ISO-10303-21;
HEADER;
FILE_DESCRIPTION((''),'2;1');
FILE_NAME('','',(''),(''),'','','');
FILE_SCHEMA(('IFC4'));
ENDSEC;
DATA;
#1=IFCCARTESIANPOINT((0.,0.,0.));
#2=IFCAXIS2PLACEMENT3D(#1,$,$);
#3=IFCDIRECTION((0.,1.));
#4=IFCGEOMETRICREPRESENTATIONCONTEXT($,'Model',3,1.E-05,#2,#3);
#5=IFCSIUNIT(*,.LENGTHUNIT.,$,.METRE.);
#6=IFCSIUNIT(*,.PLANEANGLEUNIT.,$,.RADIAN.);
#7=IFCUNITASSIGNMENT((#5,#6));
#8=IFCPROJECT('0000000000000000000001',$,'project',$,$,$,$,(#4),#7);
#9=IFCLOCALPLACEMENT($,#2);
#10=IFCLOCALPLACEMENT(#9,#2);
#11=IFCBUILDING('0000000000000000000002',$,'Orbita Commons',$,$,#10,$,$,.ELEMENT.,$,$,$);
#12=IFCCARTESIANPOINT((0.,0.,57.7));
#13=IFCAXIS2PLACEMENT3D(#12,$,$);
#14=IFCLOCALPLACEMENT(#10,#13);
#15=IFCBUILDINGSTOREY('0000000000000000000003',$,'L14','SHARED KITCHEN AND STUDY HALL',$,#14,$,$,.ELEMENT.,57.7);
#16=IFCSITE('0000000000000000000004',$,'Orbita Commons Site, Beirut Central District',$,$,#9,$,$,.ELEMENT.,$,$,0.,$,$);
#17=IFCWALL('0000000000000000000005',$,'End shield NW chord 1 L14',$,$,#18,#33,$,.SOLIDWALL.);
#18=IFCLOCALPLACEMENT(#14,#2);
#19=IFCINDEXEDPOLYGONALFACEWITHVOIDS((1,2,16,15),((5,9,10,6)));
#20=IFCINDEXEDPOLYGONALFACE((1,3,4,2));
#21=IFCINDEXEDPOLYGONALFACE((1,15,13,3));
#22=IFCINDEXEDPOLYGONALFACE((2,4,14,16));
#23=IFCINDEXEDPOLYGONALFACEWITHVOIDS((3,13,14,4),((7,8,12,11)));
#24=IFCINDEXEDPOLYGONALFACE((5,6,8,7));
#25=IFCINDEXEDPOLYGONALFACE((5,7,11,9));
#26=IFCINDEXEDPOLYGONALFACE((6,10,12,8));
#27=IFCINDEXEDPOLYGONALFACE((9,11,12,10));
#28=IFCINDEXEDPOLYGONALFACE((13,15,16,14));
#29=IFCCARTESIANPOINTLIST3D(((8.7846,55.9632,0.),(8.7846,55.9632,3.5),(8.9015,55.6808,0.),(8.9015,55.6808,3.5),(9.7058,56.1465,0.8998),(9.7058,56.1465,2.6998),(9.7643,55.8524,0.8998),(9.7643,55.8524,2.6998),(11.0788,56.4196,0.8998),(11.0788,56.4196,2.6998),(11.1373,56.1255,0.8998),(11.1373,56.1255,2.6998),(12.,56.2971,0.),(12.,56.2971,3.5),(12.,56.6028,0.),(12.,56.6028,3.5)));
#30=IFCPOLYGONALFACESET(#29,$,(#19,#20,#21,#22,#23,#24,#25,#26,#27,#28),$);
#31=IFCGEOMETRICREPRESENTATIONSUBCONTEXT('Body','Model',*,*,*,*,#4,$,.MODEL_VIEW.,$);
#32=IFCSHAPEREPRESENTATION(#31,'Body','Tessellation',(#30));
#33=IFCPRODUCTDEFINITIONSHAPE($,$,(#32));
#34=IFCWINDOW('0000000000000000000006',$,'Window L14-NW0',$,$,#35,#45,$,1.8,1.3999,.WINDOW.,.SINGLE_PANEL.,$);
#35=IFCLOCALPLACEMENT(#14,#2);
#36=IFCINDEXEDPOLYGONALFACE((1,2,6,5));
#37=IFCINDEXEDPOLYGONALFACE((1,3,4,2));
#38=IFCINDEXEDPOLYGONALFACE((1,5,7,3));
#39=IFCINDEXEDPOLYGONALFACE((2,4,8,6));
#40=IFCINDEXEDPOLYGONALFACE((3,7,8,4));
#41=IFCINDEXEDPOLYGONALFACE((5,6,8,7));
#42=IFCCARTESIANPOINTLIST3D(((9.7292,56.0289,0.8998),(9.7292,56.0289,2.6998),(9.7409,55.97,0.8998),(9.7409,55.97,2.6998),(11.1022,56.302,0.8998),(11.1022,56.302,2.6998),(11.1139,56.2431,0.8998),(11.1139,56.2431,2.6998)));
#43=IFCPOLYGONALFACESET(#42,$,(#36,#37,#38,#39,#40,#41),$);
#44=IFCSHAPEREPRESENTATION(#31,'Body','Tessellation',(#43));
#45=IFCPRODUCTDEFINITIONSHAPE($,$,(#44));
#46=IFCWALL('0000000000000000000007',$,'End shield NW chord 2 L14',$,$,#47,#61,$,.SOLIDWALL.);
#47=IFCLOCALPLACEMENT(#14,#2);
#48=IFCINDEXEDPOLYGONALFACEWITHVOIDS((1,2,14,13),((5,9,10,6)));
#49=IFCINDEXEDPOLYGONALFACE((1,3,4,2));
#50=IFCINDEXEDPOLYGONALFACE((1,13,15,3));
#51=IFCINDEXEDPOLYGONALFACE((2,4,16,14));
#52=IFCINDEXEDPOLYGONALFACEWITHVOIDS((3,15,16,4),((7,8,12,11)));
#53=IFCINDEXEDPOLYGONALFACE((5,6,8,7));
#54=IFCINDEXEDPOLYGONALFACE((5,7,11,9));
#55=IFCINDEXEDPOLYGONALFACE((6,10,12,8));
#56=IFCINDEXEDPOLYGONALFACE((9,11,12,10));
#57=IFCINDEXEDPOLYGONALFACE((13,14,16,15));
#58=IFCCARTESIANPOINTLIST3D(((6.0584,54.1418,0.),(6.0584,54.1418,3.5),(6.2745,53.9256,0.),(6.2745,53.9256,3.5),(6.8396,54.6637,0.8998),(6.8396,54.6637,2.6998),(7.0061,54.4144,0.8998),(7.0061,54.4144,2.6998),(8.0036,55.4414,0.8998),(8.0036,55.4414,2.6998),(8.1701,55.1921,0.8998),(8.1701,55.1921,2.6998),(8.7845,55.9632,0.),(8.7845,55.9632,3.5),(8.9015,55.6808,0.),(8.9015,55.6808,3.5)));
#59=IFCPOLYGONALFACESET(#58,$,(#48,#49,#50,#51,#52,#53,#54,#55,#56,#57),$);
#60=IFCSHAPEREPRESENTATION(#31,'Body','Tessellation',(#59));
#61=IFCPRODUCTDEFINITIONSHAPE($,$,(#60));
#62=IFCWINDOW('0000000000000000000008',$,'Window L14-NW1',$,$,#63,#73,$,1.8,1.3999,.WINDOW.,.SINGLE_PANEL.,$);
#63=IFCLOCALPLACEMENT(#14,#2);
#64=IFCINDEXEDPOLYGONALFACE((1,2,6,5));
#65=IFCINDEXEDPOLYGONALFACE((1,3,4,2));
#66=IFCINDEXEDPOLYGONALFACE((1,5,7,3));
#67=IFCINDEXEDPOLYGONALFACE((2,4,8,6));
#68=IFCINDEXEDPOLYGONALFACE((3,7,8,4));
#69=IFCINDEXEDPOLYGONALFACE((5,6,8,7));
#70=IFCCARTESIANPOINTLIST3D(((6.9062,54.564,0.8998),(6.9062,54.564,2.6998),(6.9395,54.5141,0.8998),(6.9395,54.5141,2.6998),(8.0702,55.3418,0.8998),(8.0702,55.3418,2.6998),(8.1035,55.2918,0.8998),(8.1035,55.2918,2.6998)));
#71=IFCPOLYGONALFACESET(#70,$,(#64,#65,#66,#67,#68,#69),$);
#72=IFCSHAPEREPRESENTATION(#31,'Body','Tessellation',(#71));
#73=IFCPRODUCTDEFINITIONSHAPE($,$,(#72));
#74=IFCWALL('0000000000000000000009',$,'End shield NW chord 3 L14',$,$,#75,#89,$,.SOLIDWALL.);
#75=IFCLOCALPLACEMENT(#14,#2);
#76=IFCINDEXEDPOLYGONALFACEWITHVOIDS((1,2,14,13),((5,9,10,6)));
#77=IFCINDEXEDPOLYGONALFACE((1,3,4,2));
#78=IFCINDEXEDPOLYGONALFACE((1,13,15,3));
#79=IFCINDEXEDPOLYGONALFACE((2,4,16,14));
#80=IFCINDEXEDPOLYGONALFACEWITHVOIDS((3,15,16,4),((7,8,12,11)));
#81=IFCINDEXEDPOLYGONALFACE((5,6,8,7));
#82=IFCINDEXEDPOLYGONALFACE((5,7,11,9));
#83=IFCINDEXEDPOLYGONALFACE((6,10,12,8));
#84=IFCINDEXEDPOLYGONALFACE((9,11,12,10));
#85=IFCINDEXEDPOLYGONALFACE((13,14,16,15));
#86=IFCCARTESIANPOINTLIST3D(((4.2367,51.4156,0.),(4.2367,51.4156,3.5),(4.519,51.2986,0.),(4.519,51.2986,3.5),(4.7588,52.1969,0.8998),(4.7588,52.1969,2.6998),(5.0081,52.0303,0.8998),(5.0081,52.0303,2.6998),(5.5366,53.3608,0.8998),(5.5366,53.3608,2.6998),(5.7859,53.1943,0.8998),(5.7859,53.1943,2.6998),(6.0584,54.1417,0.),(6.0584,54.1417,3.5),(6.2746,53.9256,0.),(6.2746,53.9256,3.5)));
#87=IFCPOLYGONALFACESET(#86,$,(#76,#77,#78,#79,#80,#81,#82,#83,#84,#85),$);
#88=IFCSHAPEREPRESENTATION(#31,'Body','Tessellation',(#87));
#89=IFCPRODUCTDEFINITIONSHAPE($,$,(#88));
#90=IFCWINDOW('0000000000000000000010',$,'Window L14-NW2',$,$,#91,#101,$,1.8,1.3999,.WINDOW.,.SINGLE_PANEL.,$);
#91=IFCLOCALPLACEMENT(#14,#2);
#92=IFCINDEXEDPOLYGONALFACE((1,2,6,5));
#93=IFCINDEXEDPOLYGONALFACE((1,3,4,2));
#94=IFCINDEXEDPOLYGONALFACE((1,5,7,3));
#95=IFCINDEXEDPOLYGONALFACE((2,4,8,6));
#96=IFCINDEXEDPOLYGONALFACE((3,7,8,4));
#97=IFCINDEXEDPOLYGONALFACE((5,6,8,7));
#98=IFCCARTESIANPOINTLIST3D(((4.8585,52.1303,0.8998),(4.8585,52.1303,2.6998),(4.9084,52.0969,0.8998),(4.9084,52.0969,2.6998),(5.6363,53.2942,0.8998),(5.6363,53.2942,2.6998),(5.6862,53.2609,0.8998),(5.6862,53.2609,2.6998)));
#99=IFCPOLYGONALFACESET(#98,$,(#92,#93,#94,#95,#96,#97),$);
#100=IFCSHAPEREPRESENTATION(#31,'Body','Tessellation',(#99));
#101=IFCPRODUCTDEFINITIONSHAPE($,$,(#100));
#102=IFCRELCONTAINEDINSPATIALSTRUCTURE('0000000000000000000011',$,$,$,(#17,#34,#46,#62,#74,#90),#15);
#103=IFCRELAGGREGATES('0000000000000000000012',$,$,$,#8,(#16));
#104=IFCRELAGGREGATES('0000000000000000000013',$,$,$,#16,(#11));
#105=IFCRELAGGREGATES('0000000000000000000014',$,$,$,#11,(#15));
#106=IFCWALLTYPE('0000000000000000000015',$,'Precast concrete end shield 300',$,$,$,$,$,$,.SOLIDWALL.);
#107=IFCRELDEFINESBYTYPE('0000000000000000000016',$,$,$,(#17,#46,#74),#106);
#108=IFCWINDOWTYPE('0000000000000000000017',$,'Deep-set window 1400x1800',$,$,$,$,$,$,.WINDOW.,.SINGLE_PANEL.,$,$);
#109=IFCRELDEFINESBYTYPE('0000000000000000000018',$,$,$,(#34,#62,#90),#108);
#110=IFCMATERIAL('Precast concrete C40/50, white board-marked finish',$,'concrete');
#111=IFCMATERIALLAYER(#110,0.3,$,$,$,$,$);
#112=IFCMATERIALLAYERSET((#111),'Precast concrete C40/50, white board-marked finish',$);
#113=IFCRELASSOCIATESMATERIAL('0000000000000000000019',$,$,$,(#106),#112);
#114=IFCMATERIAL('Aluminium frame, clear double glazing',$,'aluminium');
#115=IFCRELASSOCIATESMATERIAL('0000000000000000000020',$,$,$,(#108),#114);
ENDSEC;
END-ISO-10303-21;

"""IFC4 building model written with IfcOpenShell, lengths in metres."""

from ifc_helpers import new_model, si_unit, direction, frame, frame_2d, origin, place, context, subcontext, project, spatial, polyline, rectangle, outline, extrude, material, layer, layer_set, type_object, element, fill, save


model = new_model("IFC4")

# Units and contexts
model_context = context("Model", 3, precision=1e-05, world=origin(), true_north=direction((0.0, 1.0)))
body_context = subcontext(model_context, "Body", "Model", "MODEL_VIEW")
ifc_project = project(units=[si_unit("LENGTHUNIT", "METRE"), si_unit("PLANEANGLEUNIT", "RADIAN")], contexts=[model_context])

# Site, building, storey
site_placement = place(None, origin())
site = spatial("IfcSite", under=ifc_project, at=site_placement, Name="Orbita Commons Site, Beirut Central District", CompositionType="ELEMENT", RefElevation=0.0)
building_placement = place(site_placement, origin())
building = spatial("IfcBuilding", under=site, at=building_placement, Name="Orbita Commons", CompositionType="ELEMENT")
storey_placement = place(building_placement, frame((0.0, 0.0, 57.7)))
storey = spatial("IfcBuildingStorey", under=building, at=storey_placement, Name="L14", Description="SHARED KITCHEN AND STUDY HALL", CompositionType="ELEMENT", Elevation=57.7)

# Walls, openings, windows
ifc_material_1 = material(Name="Precast concrete C40/50, white board-marked finish", Category="concrete")
ifc_layer_1 = layer(ifc_material_1, 0.3)
ifc_layer_set_1 = layer_set([ifc_layer_1], Name="Precast concrete C40/50, white board-marked finish")
wall_type_1 = type_object("IfcWallType", Name="Precast concrete end shield 300", PredefinedType="SOLIDWALL", material=ifc_layer_set_1)
wall_1_placement = place(storey_placement, frame((12.0, 56.45, 0.0), z_axis=(0.0, 0.0, 1.0), x_axis=(-0.980787, -0.19508, 0.0)))
wall_1 = element("IfcWall", 1, at=wall_1_placement, inside=storey, type_object=wall_type_1, Name="End shield NW chord 1 L14", PredefinedType="SOLIDWALL", context=body_context, shape_type="SweptSolid", body=[
    extrude(outline(polyline([(-0.0298, -0.1499), (3.2485, -0.1499), (3.189, 0.1499), (0.0298, 0.1499), (-0.0298, -0.1499)])), origin(), (0.0, 0.0, 1.0), 3.5),
])
opening_1_placement = place(wall_1_placement, frame((0.9094, 0.0, 0.8999)))
opening_1 = element("IfcOpeningElement", 2, at=opening_1_placement, cuts=wall_1, PredefinedType="OPENING", context=body_context, shape_type="SweptSolid", body=[
    extrude(rectangle(XDim=1.3999, YDim=1.8, at=frame_2d((0.7, 0.8999))), frame((0.0, 0.1599, 0.0), z_axis=(0.0, -1.0, 0.0), x_axis=(1.0, 0.0, 0.0)), (0.0, 0.0, 1.0), 0.3201),
])
ifc_material_2 = material(Name="Aluminium frame, clear double glazing", Category="aluminium")
window_type = type_object("IfcWindowType", Name="Deep-set window 1400x1800", PartitioningType="SINGLE_PANEL", PredefinedType="WINDOW", material=ifc_material_2)
window_1_placement = place(opening_1_placement, origin())
window_1 = element("IfcWindow", 3, at=window_1_placement, inside=storey, type_object=window_type, Name="Window L14-NW0", OverallHeight=1.8, OverallWidth=1.3999, PartitioningType="SINGLE_PANEL", PredefinedType="WINDOW", context=body_context, shape_type="SweptSolid", body=[
    extrude(rectangle(XDim=1.3999, YDim=1.8, at=frame_2d((0.7, 0.8999))), frame((0.0, 0.03, 0.0), z_axis=(0.0, -1.0, 0.0), x_axis=(1.0, 0.0, 0.0)), (0.0, 0.0, 1.0), 0.0601),
])
fill(opening_1, window_1)
wall_2_placement = place(storey_placement, frame((8.843, 55.822, 0.0), z_axis=(0.0, 0.0, 1.0), x_axis=(-0.831478, -0.555558, 0.0)))
wall_2 = element("IfcWall", 4, at=wall_2_placement, inside=storey, type_object=wall_type_1, Name="End shield NW chord 2 L14", PredefinedType="SOLIDWALL", context=body_context, shape_type="SweptSolid", body=[
    extrude(outline(polyline([(-0.0298, -0.1499), (3.2488, -0.1499), (3.1892, 0.1499), (0.0298, 0.1499), (-0.0298, -0.1499)])), origin(), (0.0, 0.0, 1.0), 3.5),
])
opening_2_placement = place(wall_2_placement, frame((0.9094, 0.0, 0.8999)))
opening_2 = element("IfcOpeningElement", 5, at=opening_2_placement, cuts=wall_2, PredefinedType="OPENING", context=body_context, shape_type="SweptSolid", body=[
    extrude(rectangle(XDim=1.3999, YDim=1.8, at=frame_2d((0.7, 0.8999))), frame((0.0, 0.1599, 0.0), z_axis=(0.0, -1.0, 0.0), x_axis=(1.0, 0.0, 0.0)), (0.0, 0.0, 1.0), 0.3201),
])
window_2_placement = place(opening_2_placement, origin())
window_2 = element("IfcWindow", 6, at=window_2_placement, inside=storey, type_object=window_type, Name="Window L14-NW1", OverallHeight=1.8, OverallWidth=1.3999, PartitioningType="SINGLE_PANEL", PredefinedType="WINDOW", context=body_context, shape_type="SweptSolid", body=[
    extrude(rectangle(XDim=1.3999, YDim=1.8, at=frame_2d((0.7, 0.8999))), frame((0.0, 0.03, 0.0), z_axis=(0.0, -1.0, 0.0), x_axis=(1.0, 0.0, 0.0)), (0.0, 0.0, 1.0), 0.0601),
])
fill(opening_2, window_2)
wall_3_placement = place(storey_placement, frame((6.1665, 54.0337, 0.0), z_axis=(0.0, 0.0, 1.0), x_axis=(-0.55561, -0.831443, 0.0)))
wall_3 = element("IfcWall", 7, at=wall_3_placement, inside=storey, type_object=wall_type_1, Name="End shield NW chord 3 L14", PredefinedType="SOLIDWALL", context=body_context, shape_type="SweptSolid", body=[
    extrude(outline(polyline([(-0.0298, -0.1499), (3.249, -0.1499), (3.1895, 0.1499), (0.0298, 0.1499), (-0.0298, -0.1499)])), origin(), (0.0, 0.0, 1.0), 3.5),
])
opening_3_placement = place(wall_3_placement, frame((0.9094, 0.0, 0.8999)))
opening_3 = element("IfcOpeningElement", 8, at=opening_3_placement, cuts=wall_3, PredefinedType="OPENING", context=body_context, shape_type="SweptSolid", body=[
    extrude(rectangle(XDim=1.3999, YDim=1.8, at=frame_2d((0.7, 0.8999))), frame((0.0, 0.1599, 0.0), z_axis=(0.0, -1.0, 0.0), x_axis=(1.0, 0.0, 0.0)), (0.0, 0.0, 1.0), 0.3201),
])
window_3_placement = place(opening_3_placement, origin())
window_3 = element("IfcWindow", 9, at=window_3_placement, inside=storey, type_object=window_type, Name="Window L14-NW2", OverallHeight=1.8, OverallWidth=1.3999, PartitioningType="SINGLE_PANEL", PredefinedType="WINDOW", context=body_context, shape_type="SweptSolid", body=[
    extrude(rectangle(XDim=1.3999, YDim=1.8, at=frame_2d((0.7, 0.8999))), frame((0.0, 0.03, 0.0), z_axis=(0.0, -1.0, 0.0), x_axis=(1.0, 0.0, 0.0)), (0.0, 0.0, 1.0), 0.0601),
])
fill(opening_3, window_3)

save(model, "model.ifc")
